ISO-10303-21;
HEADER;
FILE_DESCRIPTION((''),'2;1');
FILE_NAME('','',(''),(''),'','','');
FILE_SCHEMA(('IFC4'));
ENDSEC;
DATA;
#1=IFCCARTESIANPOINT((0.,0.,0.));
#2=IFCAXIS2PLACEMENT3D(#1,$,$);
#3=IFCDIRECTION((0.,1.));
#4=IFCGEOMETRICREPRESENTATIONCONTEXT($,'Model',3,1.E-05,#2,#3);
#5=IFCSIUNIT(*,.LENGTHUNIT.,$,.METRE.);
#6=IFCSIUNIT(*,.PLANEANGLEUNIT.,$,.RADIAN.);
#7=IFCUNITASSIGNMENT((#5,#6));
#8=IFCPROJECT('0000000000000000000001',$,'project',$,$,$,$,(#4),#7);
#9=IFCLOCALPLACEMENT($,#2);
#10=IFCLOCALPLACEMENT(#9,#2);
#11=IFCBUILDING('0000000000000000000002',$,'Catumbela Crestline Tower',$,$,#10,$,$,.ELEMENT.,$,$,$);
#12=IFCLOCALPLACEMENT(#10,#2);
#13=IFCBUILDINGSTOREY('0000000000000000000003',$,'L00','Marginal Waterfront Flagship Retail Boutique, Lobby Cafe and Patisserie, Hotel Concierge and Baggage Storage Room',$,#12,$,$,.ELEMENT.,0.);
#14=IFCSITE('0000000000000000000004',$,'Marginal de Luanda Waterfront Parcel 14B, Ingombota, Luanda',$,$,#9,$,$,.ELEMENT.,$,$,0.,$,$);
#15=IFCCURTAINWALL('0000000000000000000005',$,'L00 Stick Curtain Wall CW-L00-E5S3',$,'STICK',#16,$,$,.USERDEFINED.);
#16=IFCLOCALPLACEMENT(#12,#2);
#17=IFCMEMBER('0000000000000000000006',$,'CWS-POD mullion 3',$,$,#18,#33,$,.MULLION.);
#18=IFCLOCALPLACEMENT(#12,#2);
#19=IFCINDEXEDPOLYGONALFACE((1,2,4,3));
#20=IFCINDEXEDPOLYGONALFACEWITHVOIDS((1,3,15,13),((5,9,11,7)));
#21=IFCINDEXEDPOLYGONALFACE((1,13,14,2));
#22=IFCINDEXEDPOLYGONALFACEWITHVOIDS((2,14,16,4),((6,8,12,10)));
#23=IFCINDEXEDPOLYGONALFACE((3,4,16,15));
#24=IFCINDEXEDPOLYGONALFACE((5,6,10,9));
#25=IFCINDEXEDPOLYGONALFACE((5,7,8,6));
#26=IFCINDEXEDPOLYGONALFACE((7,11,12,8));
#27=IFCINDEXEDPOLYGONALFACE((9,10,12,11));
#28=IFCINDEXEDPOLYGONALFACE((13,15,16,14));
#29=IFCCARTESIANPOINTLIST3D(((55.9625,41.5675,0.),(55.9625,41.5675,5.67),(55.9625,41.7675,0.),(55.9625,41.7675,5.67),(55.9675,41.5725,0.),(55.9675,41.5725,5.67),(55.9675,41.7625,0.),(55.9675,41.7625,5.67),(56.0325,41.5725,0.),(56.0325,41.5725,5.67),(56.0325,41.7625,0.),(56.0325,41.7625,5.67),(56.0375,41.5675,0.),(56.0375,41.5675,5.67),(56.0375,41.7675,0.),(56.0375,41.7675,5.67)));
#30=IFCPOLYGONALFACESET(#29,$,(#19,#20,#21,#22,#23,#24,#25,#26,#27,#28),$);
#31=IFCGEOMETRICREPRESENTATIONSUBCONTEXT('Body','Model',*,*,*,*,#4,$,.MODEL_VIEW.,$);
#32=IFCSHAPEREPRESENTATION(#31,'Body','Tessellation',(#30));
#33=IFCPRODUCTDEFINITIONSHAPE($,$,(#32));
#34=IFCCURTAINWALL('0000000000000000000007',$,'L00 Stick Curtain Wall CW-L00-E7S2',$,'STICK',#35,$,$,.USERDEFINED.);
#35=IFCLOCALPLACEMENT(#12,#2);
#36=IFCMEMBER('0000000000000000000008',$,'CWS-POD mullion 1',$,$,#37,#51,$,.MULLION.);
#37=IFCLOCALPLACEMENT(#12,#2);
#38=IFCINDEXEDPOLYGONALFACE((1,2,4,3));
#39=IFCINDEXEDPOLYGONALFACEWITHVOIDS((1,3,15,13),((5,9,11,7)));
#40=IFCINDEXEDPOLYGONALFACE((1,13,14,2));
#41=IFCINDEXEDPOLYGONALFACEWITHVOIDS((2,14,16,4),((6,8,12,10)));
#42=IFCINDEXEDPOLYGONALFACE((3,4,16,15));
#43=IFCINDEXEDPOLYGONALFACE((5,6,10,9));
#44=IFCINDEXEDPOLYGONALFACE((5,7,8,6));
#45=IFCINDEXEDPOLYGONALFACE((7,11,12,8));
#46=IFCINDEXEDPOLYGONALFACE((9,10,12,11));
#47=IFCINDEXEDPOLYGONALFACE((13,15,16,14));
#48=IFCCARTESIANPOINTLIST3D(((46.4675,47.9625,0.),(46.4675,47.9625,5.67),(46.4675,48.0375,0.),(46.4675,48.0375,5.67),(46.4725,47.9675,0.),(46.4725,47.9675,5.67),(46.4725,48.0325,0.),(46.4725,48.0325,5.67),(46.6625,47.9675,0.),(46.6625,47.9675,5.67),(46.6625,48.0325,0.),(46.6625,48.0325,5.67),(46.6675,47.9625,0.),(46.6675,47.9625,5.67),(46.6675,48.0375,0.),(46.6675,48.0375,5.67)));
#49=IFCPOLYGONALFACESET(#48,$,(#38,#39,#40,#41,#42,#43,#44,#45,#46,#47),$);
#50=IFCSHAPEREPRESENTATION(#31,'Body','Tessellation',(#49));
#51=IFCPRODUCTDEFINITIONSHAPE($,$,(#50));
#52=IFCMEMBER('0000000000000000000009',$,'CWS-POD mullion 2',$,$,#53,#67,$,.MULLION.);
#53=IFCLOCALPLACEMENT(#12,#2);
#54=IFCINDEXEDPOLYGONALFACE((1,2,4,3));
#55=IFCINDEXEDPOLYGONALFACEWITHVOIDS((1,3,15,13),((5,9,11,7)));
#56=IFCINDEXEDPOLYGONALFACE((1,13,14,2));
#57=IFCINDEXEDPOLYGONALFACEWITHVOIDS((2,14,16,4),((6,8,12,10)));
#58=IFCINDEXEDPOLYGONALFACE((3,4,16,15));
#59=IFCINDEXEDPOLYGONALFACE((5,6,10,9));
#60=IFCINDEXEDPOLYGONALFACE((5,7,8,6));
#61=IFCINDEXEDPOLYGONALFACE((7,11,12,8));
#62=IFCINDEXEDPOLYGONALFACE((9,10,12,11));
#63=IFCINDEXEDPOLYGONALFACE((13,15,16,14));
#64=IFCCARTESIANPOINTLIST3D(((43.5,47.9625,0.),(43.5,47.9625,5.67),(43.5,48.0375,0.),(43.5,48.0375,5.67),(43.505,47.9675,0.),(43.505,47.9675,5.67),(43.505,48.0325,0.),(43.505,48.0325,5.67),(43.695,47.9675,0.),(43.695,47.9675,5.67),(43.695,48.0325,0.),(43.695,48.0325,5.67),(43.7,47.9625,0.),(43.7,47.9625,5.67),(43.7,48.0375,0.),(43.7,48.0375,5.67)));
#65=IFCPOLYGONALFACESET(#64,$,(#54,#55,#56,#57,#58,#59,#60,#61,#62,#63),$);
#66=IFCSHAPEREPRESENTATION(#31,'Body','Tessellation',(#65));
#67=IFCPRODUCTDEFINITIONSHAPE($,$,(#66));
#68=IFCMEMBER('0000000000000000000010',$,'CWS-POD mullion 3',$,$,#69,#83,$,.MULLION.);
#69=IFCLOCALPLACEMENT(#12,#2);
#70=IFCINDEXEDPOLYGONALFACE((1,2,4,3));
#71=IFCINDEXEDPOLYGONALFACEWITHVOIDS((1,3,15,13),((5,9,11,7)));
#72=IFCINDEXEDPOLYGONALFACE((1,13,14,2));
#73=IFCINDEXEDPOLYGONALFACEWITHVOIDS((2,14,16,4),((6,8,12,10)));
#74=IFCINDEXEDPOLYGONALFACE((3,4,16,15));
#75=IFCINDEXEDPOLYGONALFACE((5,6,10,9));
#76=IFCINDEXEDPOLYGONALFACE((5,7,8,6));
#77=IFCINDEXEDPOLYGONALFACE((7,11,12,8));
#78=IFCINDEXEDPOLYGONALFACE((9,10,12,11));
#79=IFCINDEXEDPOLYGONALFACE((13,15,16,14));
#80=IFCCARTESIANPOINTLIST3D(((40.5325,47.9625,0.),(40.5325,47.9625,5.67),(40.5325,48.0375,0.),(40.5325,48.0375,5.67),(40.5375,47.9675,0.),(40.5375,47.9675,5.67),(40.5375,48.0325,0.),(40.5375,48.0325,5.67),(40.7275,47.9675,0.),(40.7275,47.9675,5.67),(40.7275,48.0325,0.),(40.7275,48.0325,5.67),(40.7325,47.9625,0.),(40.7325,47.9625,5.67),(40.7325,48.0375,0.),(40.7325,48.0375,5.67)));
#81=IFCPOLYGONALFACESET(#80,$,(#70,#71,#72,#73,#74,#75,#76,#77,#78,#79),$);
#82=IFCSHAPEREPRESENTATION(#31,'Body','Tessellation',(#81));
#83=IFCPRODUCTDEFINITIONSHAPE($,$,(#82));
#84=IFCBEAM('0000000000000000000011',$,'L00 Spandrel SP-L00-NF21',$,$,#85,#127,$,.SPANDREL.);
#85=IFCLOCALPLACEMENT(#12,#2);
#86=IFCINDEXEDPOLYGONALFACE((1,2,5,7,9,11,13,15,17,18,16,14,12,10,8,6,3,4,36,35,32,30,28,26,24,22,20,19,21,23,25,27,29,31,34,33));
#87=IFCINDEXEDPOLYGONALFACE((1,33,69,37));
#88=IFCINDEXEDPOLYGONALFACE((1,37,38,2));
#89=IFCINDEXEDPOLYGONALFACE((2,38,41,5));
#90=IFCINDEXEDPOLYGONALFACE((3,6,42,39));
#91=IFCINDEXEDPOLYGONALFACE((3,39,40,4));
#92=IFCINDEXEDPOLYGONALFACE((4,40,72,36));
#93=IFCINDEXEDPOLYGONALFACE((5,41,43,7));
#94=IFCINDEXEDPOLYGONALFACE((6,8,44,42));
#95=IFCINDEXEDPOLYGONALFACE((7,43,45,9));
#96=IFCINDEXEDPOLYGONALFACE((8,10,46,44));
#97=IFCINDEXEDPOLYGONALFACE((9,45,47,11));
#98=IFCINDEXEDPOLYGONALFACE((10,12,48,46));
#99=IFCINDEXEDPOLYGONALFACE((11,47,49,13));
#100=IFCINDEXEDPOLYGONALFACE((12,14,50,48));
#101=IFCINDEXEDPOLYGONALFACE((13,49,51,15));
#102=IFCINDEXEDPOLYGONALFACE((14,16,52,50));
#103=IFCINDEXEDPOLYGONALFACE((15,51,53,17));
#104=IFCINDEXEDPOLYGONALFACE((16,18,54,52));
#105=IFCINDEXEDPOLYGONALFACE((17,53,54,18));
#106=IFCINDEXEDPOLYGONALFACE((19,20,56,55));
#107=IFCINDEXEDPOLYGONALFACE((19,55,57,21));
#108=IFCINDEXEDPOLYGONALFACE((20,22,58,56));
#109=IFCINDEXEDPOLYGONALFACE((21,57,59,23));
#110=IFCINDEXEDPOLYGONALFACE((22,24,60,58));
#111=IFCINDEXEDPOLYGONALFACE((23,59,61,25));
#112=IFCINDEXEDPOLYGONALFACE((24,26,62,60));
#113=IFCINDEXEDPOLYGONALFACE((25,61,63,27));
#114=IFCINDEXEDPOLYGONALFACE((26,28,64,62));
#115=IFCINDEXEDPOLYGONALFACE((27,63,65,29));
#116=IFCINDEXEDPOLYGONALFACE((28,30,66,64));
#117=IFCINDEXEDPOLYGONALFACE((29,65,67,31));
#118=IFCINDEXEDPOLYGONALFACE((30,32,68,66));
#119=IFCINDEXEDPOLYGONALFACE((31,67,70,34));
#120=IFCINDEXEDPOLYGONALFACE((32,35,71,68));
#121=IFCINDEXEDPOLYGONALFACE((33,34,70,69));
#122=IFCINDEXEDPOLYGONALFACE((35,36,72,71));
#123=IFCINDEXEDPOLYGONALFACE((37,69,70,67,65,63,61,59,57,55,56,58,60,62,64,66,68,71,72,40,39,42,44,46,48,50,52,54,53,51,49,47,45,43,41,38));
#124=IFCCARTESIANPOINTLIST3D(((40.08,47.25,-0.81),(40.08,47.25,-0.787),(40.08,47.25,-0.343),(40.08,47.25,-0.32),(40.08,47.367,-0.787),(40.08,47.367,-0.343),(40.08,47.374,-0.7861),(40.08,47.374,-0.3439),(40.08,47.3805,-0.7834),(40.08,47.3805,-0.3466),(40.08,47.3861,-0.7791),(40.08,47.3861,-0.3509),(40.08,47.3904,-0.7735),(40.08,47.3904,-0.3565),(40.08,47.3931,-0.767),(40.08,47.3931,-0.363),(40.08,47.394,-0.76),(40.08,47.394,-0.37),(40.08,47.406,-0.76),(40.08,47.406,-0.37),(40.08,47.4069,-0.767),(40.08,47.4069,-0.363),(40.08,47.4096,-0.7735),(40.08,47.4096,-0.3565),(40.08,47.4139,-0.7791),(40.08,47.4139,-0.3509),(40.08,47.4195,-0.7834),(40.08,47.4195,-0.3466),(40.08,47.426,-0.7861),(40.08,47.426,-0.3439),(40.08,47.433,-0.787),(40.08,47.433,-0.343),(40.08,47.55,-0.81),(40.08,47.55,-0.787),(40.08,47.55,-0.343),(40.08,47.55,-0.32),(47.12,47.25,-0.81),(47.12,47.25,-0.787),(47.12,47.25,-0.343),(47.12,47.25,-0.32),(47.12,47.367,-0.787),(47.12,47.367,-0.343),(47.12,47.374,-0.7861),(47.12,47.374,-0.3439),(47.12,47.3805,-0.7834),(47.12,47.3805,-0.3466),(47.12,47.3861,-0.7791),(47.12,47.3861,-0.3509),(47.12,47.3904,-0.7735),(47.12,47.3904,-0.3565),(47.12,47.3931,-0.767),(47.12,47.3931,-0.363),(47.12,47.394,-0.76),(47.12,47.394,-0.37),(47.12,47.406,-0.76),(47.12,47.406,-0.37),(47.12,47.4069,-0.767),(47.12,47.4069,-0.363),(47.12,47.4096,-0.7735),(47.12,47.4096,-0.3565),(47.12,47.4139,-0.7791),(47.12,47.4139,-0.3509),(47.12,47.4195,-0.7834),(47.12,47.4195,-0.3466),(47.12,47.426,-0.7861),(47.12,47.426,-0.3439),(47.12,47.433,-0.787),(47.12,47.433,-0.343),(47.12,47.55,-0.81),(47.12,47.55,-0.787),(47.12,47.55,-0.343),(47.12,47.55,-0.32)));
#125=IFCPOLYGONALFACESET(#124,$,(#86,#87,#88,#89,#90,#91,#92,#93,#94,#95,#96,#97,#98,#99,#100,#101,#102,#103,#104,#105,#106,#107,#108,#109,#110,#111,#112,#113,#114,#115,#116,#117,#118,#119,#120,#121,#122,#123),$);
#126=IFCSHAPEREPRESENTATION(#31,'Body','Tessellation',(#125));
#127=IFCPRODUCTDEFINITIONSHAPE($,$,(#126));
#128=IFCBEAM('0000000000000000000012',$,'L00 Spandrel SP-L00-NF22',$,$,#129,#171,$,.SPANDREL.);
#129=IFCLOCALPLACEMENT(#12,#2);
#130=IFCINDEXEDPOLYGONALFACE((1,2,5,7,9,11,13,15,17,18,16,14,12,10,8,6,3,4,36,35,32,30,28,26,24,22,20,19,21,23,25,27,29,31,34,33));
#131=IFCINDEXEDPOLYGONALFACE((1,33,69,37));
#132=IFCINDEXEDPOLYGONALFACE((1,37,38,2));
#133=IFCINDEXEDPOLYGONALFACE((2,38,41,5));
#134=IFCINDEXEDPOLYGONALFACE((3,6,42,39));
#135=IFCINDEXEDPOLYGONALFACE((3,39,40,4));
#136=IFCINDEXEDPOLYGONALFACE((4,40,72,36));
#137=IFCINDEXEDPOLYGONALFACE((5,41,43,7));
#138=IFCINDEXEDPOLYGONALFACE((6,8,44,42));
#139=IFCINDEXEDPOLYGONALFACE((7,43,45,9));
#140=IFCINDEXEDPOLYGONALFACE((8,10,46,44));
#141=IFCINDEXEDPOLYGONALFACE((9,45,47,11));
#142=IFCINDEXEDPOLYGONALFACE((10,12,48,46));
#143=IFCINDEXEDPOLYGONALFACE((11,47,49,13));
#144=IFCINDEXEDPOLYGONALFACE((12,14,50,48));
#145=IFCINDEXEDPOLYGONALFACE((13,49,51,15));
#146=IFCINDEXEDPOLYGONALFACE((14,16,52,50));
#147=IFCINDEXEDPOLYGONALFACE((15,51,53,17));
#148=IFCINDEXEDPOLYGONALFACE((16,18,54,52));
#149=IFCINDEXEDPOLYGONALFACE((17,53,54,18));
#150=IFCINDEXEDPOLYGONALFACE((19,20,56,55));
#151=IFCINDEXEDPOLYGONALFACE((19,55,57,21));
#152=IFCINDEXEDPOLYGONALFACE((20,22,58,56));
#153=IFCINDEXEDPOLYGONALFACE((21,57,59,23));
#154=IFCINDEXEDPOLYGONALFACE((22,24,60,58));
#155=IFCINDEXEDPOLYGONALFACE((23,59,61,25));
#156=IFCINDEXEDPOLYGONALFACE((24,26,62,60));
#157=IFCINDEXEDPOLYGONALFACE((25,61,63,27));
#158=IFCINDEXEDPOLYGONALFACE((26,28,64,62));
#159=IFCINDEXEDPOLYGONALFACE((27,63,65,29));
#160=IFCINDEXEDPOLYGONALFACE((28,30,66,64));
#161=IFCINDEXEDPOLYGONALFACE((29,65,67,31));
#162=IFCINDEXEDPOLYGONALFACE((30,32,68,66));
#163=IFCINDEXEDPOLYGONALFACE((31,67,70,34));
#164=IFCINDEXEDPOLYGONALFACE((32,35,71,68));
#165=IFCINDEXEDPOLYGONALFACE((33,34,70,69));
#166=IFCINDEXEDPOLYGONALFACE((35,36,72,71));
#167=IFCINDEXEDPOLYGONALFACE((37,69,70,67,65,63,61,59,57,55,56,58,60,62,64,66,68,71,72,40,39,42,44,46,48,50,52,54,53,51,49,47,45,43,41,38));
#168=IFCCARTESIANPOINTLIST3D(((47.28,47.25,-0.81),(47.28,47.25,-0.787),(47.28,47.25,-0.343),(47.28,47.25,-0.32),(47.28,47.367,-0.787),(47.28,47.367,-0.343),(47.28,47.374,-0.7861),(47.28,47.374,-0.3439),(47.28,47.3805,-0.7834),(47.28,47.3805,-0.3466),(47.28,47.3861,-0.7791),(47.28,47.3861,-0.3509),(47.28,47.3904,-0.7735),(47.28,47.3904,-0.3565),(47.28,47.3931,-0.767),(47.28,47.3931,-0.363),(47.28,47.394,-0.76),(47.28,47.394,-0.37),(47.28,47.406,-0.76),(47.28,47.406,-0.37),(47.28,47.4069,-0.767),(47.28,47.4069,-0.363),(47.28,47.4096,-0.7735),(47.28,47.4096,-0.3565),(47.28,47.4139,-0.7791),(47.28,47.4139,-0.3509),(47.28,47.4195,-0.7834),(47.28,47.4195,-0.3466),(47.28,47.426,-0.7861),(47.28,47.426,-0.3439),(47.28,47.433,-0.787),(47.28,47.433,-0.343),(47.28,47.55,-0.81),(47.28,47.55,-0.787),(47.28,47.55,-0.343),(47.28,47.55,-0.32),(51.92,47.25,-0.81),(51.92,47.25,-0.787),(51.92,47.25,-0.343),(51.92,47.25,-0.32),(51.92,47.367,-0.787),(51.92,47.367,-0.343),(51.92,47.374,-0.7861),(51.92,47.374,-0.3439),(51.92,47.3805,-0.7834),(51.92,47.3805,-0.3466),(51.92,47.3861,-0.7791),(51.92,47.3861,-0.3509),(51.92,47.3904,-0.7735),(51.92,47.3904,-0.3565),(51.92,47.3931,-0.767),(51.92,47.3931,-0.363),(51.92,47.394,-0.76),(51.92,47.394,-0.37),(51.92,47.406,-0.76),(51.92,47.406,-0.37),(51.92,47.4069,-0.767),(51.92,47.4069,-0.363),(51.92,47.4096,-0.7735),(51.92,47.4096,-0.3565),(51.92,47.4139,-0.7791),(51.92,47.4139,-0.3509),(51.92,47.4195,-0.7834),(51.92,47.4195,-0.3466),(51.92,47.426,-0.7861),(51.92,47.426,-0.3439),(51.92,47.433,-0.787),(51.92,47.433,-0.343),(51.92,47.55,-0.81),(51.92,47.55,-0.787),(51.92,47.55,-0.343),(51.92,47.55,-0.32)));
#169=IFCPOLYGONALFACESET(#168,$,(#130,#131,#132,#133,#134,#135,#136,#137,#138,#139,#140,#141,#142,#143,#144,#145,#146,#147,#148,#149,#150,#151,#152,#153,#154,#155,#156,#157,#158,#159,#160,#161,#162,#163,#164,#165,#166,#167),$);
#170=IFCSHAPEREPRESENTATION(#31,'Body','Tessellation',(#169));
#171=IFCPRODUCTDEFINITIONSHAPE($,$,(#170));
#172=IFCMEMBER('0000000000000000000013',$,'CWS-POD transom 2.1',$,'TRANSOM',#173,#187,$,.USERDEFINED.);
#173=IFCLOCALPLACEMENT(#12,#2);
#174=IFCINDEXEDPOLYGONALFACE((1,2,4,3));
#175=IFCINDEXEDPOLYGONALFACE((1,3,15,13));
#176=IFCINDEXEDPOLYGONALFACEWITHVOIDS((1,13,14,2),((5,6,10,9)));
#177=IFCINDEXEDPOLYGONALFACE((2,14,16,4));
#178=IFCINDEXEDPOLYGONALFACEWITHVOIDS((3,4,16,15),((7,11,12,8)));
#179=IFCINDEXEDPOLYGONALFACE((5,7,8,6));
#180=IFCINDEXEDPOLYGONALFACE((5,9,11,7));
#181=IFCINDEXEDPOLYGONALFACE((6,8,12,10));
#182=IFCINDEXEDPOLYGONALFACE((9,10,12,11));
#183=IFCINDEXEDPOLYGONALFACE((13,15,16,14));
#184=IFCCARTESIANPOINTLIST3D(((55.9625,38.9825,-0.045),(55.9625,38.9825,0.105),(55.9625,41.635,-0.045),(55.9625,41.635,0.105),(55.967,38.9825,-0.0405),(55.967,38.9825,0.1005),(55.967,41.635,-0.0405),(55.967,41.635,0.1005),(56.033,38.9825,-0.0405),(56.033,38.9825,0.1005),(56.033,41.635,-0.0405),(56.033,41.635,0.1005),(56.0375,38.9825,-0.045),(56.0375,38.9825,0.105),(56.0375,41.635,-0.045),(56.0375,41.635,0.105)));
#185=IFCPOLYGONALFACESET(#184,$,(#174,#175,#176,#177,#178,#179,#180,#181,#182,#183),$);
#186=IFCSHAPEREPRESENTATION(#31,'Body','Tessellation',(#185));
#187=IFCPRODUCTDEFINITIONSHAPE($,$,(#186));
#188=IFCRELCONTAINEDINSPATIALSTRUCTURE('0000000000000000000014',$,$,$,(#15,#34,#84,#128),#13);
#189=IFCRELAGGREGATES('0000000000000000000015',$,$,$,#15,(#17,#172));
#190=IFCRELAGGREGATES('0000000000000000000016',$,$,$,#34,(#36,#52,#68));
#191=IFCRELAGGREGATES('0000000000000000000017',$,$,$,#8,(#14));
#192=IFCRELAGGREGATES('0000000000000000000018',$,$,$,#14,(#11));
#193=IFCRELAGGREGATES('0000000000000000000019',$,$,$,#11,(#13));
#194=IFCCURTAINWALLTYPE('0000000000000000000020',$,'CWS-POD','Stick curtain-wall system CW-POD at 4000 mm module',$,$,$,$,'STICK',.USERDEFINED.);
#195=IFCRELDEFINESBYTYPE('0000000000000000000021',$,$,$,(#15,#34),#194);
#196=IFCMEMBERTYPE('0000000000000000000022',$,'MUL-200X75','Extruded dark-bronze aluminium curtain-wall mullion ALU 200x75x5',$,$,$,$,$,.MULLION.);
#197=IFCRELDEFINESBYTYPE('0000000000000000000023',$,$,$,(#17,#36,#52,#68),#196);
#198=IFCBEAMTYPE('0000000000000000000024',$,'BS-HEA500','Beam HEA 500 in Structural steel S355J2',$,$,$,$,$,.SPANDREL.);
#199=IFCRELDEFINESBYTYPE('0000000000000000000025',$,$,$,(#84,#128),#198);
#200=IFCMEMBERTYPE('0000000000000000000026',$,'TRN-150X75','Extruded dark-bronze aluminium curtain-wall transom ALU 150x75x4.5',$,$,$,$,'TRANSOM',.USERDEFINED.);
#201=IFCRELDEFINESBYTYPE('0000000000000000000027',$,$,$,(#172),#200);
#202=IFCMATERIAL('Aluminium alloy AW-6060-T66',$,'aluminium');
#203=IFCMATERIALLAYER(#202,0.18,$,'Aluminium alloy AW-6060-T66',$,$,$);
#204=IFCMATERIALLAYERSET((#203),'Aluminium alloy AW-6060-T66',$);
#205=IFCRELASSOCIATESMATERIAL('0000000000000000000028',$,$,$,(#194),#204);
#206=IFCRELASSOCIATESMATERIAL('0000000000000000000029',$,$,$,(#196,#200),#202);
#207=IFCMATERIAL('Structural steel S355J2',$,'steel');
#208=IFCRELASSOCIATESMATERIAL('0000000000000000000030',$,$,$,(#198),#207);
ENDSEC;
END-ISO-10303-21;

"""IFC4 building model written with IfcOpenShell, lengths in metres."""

from ifc_helpers import new_model, si_unit, direction, frame, origin, origin_2d, place, context, subcontext, project, spatial, hollow_rectangle, i_section, extrude, material, layer, layer_set, material_profile, profile_set, type_object, element, aggregate, save


model = new_model("IFC4")

# Units and contexts
model_context = context("Model", 3, precision=1e-05, world=origin(), true_north=direction((0.0, 1.0)))
body_context = subcontext(model_context, "Body", "Model", "MODEL_VIEW")
ifc_project = project(units=[si_unit("LENGTHUNIT", "METRE"), si_unit("PLANEANGLEUNIT", "RADIAN")], contexts=[model_context])

# Site, building, storey
site_placement = place(None, origin())
site = spatial("IfcSite", under=ifc_project, at=site_placement, Name="Marginal de Luanda Waterfront Parcel 14B, Ingombota, Luanda", CompositionType="ELEMENT", RefElevation=0.0)
building_placement = place(site_placement, origin())
building = spatial("IfcBuilding", under=site, at=building_placement, Name="Catumbela Crestline Tower", CompositionType="ELEMENT")
storey_placement = place(building_placement, origin())
storey = spatial("IfcBuildingStorey", under=building, at=storey_placement, Name="L00", Description="Marginal Waterfront Flagship Retail Boutique, Lobby Cafe and Patisserie, Hotel Concierge and Baggage Storage Room", CompositionType="ELEMENT", Elevation=0.0)

# Shared definitions
ifc_material_1 = material(Name="Structural steel S355J2", Category="steel")

# Curtain walls, members
ifc_material_2 = material(Name="Aluminium alloy AW-6060-T66", Category="aluminium")
ifc_layer_1 = layer(ifc_material_2, 0.18, Name="Aluminium alloy AW-6060-T66")
ifc_layer_set_1 = layer_set([ifc_layer_1], Name="Aluminium alloy AW-6060-T66")
curtain_wall_type = type_object("IfcCurtainWallType", Name="CWS-POD", Description="Stick curtain-wall system CW-POD at 4000 mm module", ElementType="STICK", PredefinedType="USERDEFINED", material=ifc_layer_set_1)
curtain_wall_1_placement = place(storey_placement, origin())
curtain_wall_1 = element("IfcCurtainWall", 1, at=curtain_wall_1_placement, inside=storey, type_object=curtain_wall_type, Name="L00 Stick Curtain Wall CW-L00-E5S3", ObjectType="STICK", PredefinedType="USERDEFINED")
ifc_material_profile_1 = material_profile(ifc_material_2, hollow_rectangle(XDim=0.075, YDim=0.2, WallThickness=0.005, at=origin_2d()), Name="ALU 200x75x5")
ifc_profile_set_1 = profile_set([ifc_material_profile_1], Name="Aluminium alloy AW-6060-T66")
member_type_1 = type_object("IfcMemberType", Name="MUL-200X75", Description="Extruded dark-bronze aluminium curtain-wall mullion ALU 200x75x5", PredefinedType="MULLION", material=ifc_profile_set_1)
member_1_placement = place(storey_placement, frame((56.0, 41.6675, 0.0), z_axis=(0.0, 0.0, 1.0), x_axis=(-1.0, 0.0, 0.0)))
member_1 = element("IfcMember", 2, at=member_1_placement, type_object=member_type_1, Name="CWS-POD mullion 3", PredefinedType="MULLION", context=body_context, shape_type="SweptSolid", body=[
    extrude(hollow_rectangle(XDim=0.075, YDim=0.2, WallThickness=0.005, at=origin_2d()), origin(), (0.0, 0.0, 1.0), 5.67),
])
curtain_wall_2_placement = place(storey_placement, origin())
curtain_wall_2 = element("IfcCurtainWall", 3, at=curtain_wall_2_placement, inside=storey, type_object=curtain_wall_type, Name="L00 Stick Curtain Wall CW-L00-E7S2", ObjectType="STICK", PredefinedType="USERDEFINED")
member_2_placement = place(storey_placement, frame((46.5675, 48.0, 0.0), z_axis=(0.0, 0.0, 1.0), x_axis=(0.0, -1.0, 0.0)))
member_2 = element("IfcMember", 4, at=member_2_placement, type_object=member_type_1, Name="CWS-POD mullion 1", PredefinedType="MULLION", context=body_context, shape_type="SweptSolid", body=[
    extrude(hollow_rectangle(XDim=0.075, YDim=0.2, WallThickness=0.005, at=origin_2d()), origin(), (0.0, 0.0, 1.0), 5.67),
])
member_3_placement = place(storey_placement, frame((43.6, 48.0, 0.0), z_axis=(0.0, 0.0, 1.0), x_axis=(0.0, -1.0, 0.0)))
member_3 = element("IfcMember", 5, at=member_3_placement, type_object=member_type_1, Name="CWS-POD mullion 2", PredefinedType="MULLION", context=body_context, shape_type="SweptSolid", body=[
    extrude(hollow_rectangle(XDim=0.075, YDim=0.2, WallThickness=0.005, at=origin_2d()), origin(), (0.0, 0.0, 1.0), 5.67),
])
member_4_placement = place(storey_placement, frame((40.6325, 48.0, 0.0), z_axis=(0.0, 0.0, 1.0), x_axis=(0.0, -1.0, 0.0)))
member_4 = element("IfcMember", 6, at=member_4_placement, type_object=member_type_1, Name="CWS-POD mullion 3", PredefinedType="MULLION", context=body_context, shape_type="SweptSolid", body=[
    extrude(hollow_rectangle(XDim=0.075, YDim=0.2, WallThickness=0.005, at=origin_2d()), origin(), (0.0, 0.0, 1.0), 5.67),
])

# Beams
ifc_material_profile_2 = material_profile(ifc_material_1, i_section(OverallWidth=0.3, OverallDepth=0.49, WebThickness=0.012, FlangeThickness=0.023, FilletRadius=0.027, at=origin_2d()), Name="HEA 500")
ifc_profile_set_2 = profile_set([ifc_material_profile_2], Name="Structural steel S355J2")
beam_type_1 = type_object("IfcBeamType", Name="BS-HEA500", Description="Beam HEA 500 in Structural steel S355J2", PredefinedType="SPANDREL", material=ifc_profile_set_2)
beam_1_placement = place(storey_placement, frame((40.08, 47.4, -0.565), z_axis=(1.0, 0.0, 0.0), x_axis=(0.0, 1.0, 0.0)))
element("IfcBeam", 7, at=beam_1_placement, inside=storey, type_object=beam_type_1, Name="L00 Spandrel SP-L00-NF21", PredefinedType="SPANDREL", context=body_context, shape_type="SweptSolid", body=[
    extrude(i_section(OverallWidth=0.3, OverallDepth=0.49, WebThickness=0.012, FlangeThickness=0.023, FilletRadius=0.027, at=origin_2d()), origin(), (0.0, 0.0, 1.0), 7.04),
])
beam_2_placement = place(storey_placement, frame((47.28, 47.4, -0.565), z_axis=(1.0, 0.0, 0.0), x_axis=(0.0, 1.0, 0.0)))
element("IfcBeam", 8, at=beam_2_placement, inside=storey, type_object=beam_type_1, Name="L00 Spandrel SP-L00-NF22", PredefinedType="SPANDREL", context=body_context, shape_type="SweptSolid", body=[
    extrude(i_section(OverallWidth=0.3, OverallDepth=0.49, WebThickness=0.012, FlangeThickness=0.023, FilletRadius=0.027, at=origin_2d()), origin(), (0.0, 0.0, 1.0), 4.64),
])

# Member
ifc_material_profile_3 = material_profile(ifc_material_2, hollow_rectangle(XDim=0.075, YDim=0.15, WallThickness=0.0045, at=origin_2d()), Name="ALU 150x75x4.5")
ifc_profile_set_3 = profile_set([ifc_material_profile_3], Name="Aluminium alloy AW-6060-T66")
member_type_2 = type_object("IfcMemberType", Name="TRN-150X75", Description="Extruded dark-bronze aluminium curtain-wall transom ALU 150x75x4.5", ElementType="TRANSOM", PredefinedType="USERDEFINED", material=ifc_profile_set_3)
member_5_placement = place(storey_placement, frame((56.0, 38.9825, 0.03), z_axis=(0.0, 1.0, 0.0), x_axis=(-1.0, 0.0, 0.0)))
member_5 = element("IfcMember", 9, at=member_5_placement, type_object=member_type_2, Name="CWS-POD transom 2.1", ObjectType="TRANSOM", PredefinedType="USERDEFINED", context=body_context, shape_type="SweptSolid", body=[
    extrude(hollow_rectangle(XDim=0.075, YDim=0.15, WallThickness=0.0045, at=origin_2d()), origin(), (0.0, 0.0, 1.0), 2.6525),
])

aggregate(curtain_wall_1, [member_1, member_5])
aggregate(curtain_wall_2, [member_2, member_3, member_4])

save(model, "model.ifc")
